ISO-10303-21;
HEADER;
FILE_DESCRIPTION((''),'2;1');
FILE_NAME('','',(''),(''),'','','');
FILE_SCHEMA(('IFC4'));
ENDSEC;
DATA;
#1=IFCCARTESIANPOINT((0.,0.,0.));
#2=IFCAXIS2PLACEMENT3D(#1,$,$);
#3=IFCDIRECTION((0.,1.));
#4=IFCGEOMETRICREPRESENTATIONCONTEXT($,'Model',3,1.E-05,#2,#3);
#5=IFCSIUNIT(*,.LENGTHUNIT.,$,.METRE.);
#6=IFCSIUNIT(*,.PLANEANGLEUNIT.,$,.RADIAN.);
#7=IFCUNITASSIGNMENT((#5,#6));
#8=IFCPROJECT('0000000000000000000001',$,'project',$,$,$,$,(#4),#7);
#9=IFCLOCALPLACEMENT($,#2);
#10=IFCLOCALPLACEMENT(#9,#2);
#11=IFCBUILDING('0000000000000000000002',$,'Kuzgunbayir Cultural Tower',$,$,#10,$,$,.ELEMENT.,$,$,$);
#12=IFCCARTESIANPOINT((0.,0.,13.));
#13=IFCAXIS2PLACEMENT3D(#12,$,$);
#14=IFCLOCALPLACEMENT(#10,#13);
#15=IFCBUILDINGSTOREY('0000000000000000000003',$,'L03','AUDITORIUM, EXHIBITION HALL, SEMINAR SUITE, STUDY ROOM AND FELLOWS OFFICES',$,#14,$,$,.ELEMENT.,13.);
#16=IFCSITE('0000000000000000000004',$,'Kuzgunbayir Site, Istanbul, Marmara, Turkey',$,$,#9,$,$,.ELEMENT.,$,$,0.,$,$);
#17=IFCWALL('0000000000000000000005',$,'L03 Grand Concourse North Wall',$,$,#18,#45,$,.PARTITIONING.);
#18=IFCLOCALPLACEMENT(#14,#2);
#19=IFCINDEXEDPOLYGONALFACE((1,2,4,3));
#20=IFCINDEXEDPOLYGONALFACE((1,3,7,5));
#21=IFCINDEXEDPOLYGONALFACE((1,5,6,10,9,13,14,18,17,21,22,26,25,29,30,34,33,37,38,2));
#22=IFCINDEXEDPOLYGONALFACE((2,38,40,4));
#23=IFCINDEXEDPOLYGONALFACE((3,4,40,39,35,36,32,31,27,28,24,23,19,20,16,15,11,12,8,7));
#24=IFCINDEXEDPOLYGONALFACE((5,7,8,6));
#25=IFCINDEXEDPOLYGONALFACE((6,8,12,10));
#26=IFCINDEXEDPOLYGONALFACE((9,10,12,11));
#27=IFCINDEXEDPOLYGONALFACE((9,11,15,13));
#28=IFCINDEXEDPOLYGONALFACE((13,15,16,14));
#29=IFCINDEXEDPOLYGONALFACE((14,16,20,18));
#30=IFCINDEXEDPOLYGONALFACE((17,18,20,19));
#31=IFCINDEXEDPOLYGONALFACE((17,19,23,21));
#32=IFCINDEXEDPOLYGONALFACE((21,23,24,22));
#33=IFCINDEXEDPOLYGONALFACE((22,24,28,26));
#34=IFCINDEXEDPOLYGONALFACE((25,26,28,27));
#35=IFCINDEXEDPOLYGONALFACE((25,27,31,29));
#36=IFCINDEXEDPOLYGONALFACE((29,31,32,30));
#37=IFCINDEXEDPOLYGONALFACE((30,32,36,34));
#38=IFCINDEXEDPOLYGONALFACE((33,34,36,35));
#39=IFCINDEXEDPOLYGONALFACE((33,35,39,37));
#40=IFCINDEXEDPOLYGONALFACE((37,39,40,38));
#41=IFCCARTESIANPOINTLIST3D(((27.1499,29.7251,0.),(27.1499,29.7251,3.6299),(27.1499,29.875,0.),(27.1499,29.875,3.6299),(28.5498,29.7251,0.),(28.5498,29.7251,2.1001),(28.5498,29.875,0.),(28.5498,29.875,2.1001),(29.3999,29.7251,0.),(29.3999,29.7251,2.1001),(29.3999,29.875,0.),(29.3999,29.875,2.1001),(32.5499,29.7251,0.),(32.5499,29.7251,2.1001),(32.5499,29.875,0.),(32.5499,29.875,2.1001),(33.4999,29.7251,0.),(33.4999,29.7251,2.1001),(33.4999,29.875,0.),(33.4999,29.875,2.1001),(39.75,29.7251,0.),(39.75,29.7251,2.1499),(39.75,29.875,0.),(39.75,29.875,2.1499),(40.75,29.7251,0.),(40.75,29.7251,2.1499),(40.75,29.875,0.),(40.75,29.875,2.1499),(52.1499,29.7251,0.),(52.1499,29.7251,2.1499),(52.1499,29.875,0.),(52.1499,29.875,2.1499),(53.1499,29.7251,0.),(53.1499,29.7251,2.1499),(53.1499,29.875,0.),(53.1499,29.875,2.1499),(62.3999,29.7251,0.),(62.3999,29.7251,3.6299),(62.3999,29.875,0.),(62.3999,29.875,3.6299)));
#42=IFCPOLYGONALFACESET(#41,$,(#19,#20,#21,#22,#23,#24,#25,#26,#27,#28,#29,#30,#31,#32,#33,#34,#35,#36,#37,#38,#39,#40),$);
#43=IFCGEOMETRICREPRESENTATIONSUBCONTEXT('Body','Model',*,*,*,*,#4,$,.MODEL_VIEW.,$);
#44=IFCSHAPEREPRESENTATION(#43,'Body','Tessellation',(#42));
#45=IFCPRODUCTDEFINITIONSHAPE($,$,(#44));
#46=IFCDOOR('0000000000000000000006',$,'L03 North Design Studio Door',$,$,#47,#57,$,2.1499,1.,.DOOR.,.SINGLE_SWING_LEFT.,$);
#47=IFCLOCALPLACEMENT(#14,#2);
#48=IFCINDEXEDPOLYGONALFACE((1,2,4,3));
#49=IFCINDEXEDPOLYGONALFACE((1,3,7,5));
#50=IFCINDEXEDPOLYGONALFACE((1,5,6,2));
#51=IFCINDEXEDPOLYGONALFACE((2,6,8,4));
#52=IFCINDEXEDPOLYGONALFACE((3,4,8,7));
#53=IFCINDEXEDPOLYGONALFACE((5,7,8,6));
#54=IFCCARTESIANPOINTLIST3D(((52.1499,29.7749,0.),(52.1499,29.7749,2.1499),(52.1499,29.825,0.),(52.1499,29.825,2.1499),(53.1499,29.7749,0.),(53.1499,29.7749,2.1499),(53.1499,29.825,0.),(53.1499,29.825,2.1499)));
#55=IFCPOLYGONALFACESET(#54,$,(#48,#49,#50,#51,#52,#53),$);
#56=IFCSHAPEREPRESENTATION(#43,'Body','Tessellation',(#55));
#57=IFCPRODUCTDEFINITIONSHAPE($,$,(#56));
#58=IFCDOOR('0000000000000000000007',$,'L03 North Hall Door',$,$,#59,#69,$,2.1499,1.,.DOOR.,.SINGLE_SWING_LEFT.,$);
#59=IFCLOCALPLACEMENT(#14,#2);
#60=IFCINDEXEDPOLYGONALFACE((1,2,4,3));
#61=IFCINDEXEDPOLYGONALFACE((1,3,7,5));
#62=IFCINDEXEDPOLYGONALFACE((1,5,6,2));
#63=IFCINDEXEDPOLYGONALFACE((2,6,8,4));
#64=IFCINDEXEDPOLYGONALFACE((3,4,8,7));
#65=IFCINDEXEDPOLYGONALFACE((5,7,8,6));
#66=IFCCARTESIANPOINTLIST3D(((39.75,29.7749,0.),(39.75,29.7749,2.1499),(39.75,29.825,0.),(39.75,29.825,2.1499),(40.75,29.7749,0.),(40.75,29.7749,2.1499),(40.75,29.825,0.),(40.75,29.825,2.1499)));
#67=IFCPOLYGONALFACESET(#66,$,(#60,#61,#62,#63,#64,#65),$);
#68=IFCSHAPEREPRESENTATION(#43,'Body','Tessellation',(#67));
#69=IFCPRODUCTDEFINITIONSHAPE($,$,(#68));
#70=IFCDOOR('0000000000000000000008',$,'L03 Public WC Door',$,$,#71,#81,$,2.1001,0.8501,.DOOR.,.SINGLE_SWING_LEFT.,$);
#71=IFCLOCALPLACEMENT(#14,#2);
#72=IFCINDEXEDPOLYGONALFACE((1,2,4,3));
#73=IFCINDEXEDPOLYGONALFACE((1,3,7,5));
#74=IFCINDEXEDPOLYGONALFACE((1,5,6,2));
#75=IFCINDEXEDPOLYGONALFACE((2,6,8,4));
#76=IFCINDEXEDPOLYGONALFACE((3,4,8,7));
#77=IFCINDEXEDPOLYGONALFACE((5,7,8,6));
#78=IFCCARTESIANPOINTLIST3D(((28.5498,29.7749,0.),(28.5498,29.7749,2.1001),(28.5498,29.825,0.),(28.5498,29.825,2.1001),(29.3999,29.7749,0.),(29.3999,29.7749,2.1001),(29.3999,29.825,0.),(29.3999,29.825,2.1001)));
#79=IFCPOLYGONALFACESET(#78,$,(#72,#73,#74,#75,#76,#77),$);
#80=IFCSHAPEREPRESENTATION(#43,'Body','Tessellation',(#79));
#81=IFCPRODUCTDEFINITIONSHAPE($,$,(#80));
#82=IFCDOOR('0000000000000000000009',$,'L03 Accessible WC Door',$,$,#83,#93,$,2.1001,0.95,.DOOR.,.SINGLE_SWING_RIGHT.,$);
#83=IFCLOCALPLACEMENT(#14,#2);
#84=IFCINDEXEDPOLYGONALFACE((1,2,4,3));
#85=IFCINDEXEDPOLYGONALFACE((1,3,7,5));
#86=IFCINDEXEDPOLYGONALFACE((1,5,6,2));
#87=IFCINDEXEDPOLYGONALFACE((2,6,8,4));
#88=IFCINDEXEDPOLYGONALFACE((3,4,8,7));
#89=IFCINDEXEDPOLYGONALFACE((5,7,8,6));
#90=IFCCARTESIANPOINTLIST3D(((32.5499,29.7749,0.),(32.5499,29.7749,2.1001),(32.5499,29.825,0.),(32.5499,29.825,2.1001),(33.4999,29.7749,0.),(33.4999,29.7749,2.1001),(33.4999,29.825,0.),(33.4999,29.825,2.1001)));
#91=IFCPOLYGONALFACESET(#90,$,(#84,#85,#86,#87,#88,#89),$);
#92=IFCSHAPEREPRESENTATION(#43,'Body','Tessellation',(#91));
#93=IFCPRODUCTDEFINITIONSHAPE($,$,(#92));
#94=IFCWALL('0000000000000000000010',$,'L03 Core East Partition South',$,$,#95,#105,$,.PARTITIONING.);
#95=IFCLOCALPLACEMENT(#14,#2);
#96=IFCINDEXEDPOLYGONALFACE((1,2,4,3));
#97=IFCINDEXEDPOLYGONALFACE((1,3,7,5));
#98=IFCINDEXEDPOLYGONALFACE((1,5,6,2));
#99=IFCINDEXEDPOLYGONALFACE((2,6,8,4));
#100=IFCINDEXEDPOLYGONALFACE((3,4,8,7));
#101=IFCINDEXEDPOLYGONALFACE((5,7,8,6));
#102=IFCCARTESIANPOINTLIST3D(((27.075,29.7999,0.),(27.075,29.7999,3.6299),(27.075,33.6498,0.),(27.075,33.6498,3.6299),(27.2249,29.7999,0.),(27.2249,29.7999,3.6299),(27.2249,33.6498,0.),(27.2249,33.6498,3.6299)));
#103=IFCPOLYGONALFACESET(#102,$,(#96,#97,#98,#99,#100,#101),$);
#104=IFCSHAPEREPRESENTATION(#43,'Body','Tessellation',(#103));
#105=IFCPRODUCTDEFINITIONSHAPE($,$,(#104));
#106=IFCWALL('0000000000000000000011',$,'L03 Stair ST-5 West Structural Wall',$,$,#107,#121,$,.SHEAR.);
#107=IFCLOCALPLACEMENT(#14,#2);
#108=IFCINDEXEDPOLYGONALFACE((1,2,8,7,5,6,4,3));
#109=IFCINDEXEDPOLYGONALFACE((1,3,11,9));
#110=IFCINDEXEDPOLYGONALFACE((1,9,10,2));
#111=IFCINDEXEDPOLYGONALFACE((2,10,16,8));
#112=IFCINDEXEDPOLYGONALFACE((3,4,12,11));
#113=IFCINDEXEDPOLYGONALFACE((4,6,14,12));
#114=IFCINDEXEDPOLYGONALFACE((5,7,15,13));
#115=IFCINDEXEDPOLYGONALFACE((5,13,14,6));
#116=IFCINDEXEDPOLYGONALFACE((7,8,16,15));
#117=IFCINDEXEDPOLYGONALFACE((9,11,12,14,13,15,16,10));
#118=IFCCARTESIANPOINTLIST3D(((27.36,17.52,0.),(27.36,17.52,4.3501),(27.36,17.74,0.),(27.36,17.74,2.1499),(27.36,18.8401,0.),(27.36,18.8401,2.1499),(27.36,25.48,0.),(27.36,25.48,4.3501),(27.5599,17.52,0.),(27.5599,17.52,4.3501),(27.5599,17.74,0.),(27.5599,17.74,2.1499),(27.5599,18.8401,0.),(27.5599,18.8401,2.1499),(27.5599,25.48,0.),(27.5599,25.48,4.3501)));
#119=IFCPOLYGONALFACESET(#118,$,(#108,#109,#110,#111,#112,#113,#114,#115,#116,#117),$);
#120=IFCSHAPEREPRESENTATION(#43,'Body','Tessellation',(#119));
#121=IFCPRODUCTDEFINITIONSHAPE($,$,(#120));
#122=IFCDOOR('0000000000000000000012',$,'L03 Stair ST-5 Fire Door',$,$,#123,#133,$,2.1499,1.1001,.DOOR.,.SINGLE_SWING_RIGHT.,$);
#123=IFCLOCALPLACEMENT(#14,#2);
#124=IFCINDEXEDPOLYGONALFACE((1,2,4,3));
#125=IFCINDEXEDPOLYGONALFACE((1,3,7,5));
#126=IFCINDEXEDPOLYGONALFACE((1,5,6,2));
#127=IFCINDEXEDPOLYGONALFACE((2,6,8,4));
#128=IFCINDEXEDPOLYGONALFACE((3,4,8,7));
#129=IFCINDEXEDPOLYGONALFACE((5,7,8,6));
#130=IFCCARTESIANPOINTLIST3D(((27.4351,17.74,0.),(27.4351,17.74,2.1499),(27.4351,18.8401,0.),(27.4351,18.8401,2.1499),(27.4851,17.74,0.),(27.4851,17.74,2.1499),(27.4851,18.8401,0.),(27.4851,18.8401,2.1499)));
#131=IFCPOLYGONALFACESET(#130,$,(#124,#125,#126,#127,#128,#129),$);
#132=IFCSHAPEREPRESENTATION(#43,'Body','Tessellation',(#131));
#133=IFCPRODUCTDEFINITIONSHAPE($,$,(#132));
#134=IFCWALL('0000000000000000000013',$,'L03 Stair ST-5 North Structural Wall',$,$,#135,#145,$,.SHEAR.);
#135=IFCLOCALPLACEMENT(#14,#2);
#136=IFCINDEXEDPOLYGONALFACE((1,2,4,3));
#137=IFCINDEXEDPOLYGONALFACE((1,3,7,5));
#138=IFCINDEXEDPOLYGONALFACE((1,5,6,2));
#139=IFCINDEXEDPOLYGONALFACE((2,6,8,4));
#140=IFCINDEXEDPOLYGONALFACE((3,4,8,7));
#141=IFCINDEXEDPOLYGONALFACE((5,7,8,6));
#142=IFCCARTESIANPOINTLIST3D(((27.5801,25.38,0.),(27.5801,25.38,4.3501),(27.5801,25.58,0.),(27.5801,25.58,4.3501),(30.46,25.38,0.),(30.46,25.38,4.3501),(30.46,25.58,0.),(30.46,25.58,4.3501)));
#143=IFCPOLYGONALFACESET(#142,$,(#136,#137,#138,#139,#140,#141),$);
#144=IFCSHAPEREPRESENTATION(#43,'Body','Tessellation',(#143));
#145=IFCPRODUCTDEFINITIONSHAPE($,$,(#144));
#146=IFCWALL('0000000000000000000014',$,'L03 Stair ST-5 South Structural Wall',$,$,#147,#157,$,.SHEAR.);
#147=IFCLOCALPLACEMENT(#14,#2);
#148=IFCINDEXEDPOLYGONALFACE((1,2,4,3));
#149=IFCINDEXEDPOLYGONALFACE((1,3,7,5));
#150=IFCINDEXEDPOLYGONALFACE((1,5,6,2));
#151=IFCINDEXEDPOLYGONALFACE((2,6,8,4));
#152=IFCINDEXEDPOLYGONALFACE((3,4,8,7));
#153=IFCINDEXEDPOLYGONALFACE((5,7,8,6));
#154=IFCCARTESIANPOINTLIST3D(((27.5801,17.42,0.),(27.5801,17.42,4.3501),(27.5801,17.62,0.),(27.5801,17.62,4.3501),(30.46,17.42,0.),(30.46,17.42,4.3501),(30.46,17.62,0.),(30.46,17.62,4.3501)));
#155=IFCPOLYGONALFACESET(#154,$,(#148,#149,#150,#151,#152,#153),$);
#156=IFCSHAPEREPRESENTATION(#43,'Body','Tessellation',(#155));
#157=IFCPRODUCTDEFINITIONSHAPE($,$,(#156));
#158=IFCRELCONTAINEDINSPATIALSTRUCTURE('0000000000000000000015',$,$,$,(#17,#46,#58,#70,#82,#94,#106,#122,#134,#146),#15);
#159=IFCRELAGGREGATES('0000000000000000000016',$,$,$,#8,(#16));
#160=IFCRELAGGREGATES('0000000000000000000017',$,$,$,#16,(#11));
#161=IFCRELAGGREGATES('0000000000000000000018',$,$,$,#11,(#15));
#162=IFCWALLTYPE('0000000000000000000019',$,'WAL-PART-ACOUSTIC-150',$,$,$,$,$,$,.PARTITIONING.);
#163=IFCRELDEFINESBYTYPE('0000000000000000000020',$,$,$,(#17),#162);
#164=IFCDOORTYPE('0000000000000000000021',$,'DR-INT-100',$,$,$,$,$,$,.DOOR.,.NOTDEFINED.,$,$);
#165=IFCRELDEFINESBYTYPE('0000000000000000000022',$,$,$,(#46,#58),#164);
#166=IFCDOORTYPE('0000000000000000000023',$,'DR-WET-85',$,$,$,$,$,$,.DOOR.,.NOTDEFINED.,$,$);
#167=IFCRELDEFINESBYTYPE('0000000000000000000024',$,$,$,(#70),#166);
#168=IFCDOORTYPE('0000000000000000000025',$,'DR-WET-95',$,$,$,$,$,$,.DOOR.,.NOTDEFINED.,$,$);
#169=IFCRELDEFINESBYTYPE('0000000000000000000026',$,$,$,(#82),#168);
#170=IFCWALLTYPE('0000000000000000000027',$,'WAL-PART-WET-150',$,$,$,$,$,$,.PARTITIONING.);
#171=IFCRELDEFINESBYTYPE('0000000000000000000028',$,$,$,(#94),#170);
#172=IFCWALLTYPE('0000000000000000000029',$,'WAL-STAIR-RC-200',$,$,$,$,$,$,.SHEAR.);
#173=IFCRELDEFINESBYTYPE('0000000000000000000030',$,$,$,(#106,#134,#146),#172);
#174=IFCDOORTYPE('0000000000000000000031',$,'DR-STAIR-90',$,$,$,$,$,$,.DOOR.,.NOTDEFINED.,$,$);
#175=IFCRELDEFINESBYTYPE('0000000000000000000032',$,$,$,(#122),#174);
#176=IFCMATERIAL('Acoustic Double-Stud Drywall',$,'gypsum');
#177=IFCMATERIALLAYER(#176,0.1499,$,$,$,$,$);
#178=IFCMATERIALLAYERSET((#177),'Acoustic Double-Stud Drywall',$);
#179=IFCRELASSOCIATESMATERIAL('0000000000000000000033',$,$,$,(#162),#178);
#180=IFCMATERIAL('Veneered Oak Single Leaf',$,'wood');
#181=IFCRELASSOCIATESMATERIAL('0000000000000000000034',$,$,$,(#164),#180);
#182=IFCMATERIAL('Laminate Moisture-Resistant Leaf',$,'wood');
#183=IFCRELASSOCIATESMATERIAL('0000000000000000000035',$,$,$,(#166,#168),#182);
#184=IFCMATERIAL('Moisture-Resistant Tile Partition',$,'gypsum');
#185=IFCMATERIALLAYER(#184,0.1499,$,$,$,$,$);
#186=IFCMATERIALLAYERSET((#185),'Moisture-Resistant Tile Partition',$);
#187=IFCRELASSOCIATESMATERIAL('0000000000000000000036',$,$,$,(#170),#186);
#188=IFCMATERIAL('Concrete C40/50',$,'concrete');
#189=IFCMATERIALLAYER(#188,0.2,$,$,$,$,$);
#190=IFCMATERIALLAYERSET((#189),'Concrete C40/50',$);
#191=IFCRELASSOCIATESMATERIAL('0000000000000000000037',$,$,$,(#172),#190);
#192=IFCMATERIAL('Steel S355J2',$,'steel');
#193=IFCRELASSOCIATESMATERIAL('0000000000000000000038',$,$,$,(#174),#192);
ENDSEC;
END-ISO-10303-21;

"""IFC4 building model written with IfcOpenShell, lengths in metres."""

from ifc_helpers import new_model, si_unit, direction, frame, frame_2d, origin, place, context, subcontext, project, spatial, rectangle, extrude, material, layer, layer_set, type_object, element, fill, save


model = new_model("IFC4")

# Units and contexts
model_context = context("Model", 3, precision=1e-05, world=origin(), true_north=direction((0.0, 1.0)))
body_context = subcontext(model_context, "Body", "Model", "MODEL_VIEW")
ifc_project = project(units=[si_unit("LENGTHUNIT", "METRE"), si_unit("PLANEANGLEUNIT", "RADIAN")], contexts=[model_context])

# Site, building, storey
site_placement = place(None, origin())
site = spatial("IfcSite", under=ifc_project, at=site_placement, Name="Kuzgunbayir Site, Istanbul, Marmara, Turkey", CompositionType="ELEMENT", RefElevation=0.0)
building_placement = place(site_placement, origin())
building = spatial("IfcBuilding", under=site, at=building_placement, Name="Kuzgunbayir Cultural Tower", CompositionType="ELEMENT")
storey_placement = place(building_placement, frame((0.0, 0.0, 13.0)))
storey = spatial("IfcBuildingStorey", under=building, at=storey_placement, Name="L03", Description="AUDITORIUM, EXHIBITION HALL, SEMINAR SUITE, STUDY ROOM AND FELLOWS OFFICES", CompositionType="ELEMENT", Elevation=13.0)

# Shared definitions
ifc_material_1 = material(Name="Steel S355J2", Category="steel")

# Shared definitions
ifc_material_2 = material(Name="Acoustic Double-Stud Drywall", Category="gypsum")
ifc_layer_1 = layer(ifc_material_2, 0.1499)
ifc_layer_set_1 = layer_set([ifc_layer_1], Name="Acoustic Double-Stud Drywall")
wall_type_1 = type_object("IfcWallType", Name="WAL-PART-ACOUSTIC-150", PredefinedType="PARTITIONING", material=ifc_layer_set_1)
ifc_material_3 = material(Name="Veneered Oak Single Leaf", Category="wood")
door_type_1 = type_object("IfcDoorType", Name="DR-INT-100", OperationType="NOTDEFINED", PredefinedType="DOOR", material=ifc_material_3)

# Wall, openings, doors
wall_1_placement = place(storey_placement, frame((27.1499, 29.8, 0.0), z_axis=(0.0, 0.0, 1.0), x_axis=(1.0, 0.0, 0.0)))
wall_1 = element("IfcWall", 1, at=wall_1_placement, inside=storey, type_object=wall_type_1, Name="L03 Grand Concourse North Wall", PredefinedType="PARTITIONING", context=body_context, shape_type="SweptSolid", body=[
    extrude(rectangle(XDim=35.25, YDim=0.1499, at=frame_2d((17.625, 0.0))), origin(), (0.0, 0.0, 1.0), 3.6299),
])
opening_1_placement = place(wall_1_placement, frame((25.0, 0.0, 0.0)))
opening_1 = element("IfcOpeningElement", 2, at=opening_1_placement, cuts=wall_1, PredefinedType="OPENING", context=body_context, shape_type="SweptSolid", body=[
    extrude(rectangle(XDim=1.0, YDim=2.1499, at=frame_2d((0.5, 1.075))), frame((0.0, 0.085, 0.0), z_axis=(0.0, -1.0, 0.0), x_axis=(1.0, 0.0, 0.0)), (0.0, 0.0, 1.0), 0.1699),
])
opening_2_placement = place(wall_1_placement, frame((1.3999, 0.0, 0.0)))
opening_2 = element("IfcOpeningElement", 3, at=opening_2_placement, cuts=wall_1, PredefinedType="OPENING", context=body_context, shape_type="SweptSolid", body=[
    extrude(rectangle(XDim=0.8501, YDim=2.1001, at=frame_2d((0.425, 1.05))), frame((0.0, 0.085, 0.0), z_axis=(0.0, -1.0, 0.0), x_axis=(1.0, 0.0, 0.0)), (0.0, 0.0, 1.0), 0.1699),
])
opening_3_placement = place(wall_1_placement, frame((5.3999, 0.0, 0.0)))
opening_3 = element("IfcOpeningElement", 4, at=opening_3_placement, cuts=wall_1, PredefinedType="OPENING", context=body_context, shape_type="SweptSolid", body=[
    extrude(rectangle(XDim=0.95, YDim=2.1001, at=frame_2d((0.4751, 1.05))), frame((0.0, 0.085, 0.0), z_axis=(0.0, -1.0, 0.0), x_axis=(1.0, 0.0, 0.0)), (0.0, 0.0, 1.0), 0.1699),
])
opening_4_placement = place(wall_1_placement, frame((12.6001, 0.0, 0.0)))
opening_4 = element("IfcOpeningElement", 5, at=opening_4_placement, cuts=wall_1, PredefinedType="OPENING", context=body_context, shape_type="SweptSolid", body=[
    extrude(rectangle(XDim=1.0, YDim=2.1499, at=frame_2d((0.5, 1.075))), frame((0.0, 0.085, 0.0), z_axis=(0.0, -1.0, 0.0), x_axis=(1.0, 0.0, 0.0)), (0.0, 0.0, 1.0), 0.1699),
])
door_1_placement = place(opening_1_placement, origin())
door_1 = element("IfcDoor", 6, at=door_1_placement, inside=storey, type_object=door_type_1, Name="L03 North Design Studio Door", OperationType="SINGLE_SWING_LEFT", OverallHeight=2.1499, OverallWidth=1.0, PredefinedType="DOOR", context=body_context, shape_type="SweptSolid", body=[
    extrude(rectangle(XDim=1.0, YDim=2.1499, at=frame_2d((0.5, 1.075))), frame((0.0, 0.0249, 0.0), z_axis=(0.0, -1.0, 0.0), x_axis=(1.0, 0.0, 0.0)), (0.0, 0.0, 1.0), 0.05),
])
fill(opening_1, door_1)
door_2_placement = place(opening_4_placement, origin())
door_2 = element("IfcDoor", 7, at=door_2_placement, inside=storey, type_object=door_type_1, Name="L03 North Hall Door", OperationType="SINGLE_SWING_LEFT", OverallHeight=2.1499, OverallWidth=1.0, PredefinedType="DOOR", context=body_context, shape_type="SweptSolid", body=[
    extrude(rectangle(XDim=1.0, YDim=2.1499, at=frame_2d((0.5, 1.075))), frame((0.0, 0.0249, 0.0), z_axis=(0.0, -1.0, 0.0), x_axis=(1.0, 0.0, 0.0)), (0.0, 0.0, 1.0), 0.05),
])
fill(opening_4, door_2)
ifc_material_4 = material(Name="Laminate Moisture-Resistant Leaf", Category="wood")
door_type_2 = type_object("IfcDoorType", Name="DR-WET-85", OperationType="NOTDEFINED", PredefinedType="DOOR", material=ifc_material_4)
door_3_placement = place(opening_2_placement, origin())
door_3 = element("IfcDoor", 8, at=door_3_placement, inside=storey, type_object=door_type_2, Name="L03 Public WC Door", OperationType="SINGLE_SWING_LEFT", OverallHeight=2.1001, OverallWidth=0.8501, PredefinedType="DOOR", context=body_context, shape_type="SweptSolid", body=[
    extrude(rectangle(XDim=0.8501, YDim=2.1001, at=frame_2d((0.425, 1.05))), frame((0.0, 0.0249, 0.0), z_axis=(0.0, -1.0, 0.0), x_axis=(1.0, 0.0, 0.0)), (0.0, 0.0, 1.0), 0.05),
])
fill(opening_2, door_3)
door_type_3 = type_object("IfcDoorType", Name="DR-WET-95", OperationType="NOTDEFINED", PredefinedType="DOOR", material=ifc_material_4)
door_4_placement = place(opening_3_placement, origin())
door_4 = element("IfcDoor", 9, at=door_4_placement, inside=storey, type_object=door_type_3, Name="L03 Accessible WC Door", OperationType="SINGLE_SWING_RIGHT", OverallHeight=2.1001, OverallWidth=0.95, PredefinedType="DOOR", context=body_context, shape_type="SweptSolid", body=[
    extrude(rectangle(XDim=0.95, YDim=2.1001, at=frame_2d((0.4751, 1.05))), frame((0.0, 0.0249, 0.0), z_axis=(0.0, -1.0, 0.0), x_axis=(1.0, 0.0, 0.0)), (0.0, 0.0, 1.0), 0.05),
])
fill(opening_3, door_4)

# Wall
ifc_material_5 = material(Name="Moisture-Resistant Tile Partition", Category="gypsum")
ifc_layer_2 = layer(ifc_material_5, 0.1499)
ifc_layer_set_2 = layer_set([ifc_layer_2], Name="Moisture-Resistant Tile Partition")
wall_type_2 = type_object("IfcWallType", Name="WAL-PART-WET-150", PredefinedType="PARTITIONING", material=ifc_layer_set_2)
wall_2_placement = place(storey_placement, frame((27.1499, 29.8, 0.0), z_axis=(0.0, 0.0, 1.0), x_axis=(0.0, 1.0, 0.0)))
element("IfcWall", 10, at=wall_2_placement, inside=storey, type_object=wall_type_2, Name="L03 Core East Partition South", PredefinedType="PARTITIONING", context=body_context, shape_type="SweptSolid", body=[
    extrude(rectangle(XDim=3.8499, YDim=0.1499, at=frame_2d((1.9248, 0.0))), origin(), (0.0, 0.0, 1.0), 3.6299),
])

# Wall, opening, door
ifc_material_6 = material(Name="Concrete C40/50", Category="concrete")
ifc_layer_3 = layer(ifc_material_6, 0.2)
ifc_layer_set_3 = layer_set([ifc_layer_3], Name="Concrete C40/50")
wall_type_3 = type_object("IfcWallType", Name="WAL-STAIR-RC-200", PredefinedType="SHEAR", material=ifc_layer_set_3)
wall_3_placement = place(storey_placement, frame((27.46, 17.52, 0.0), z_axis=(0.0, 0.0, 1.0), x_axis=(0.0, 1.0, 0.0)))
wall_3 = element("IfcWall", 11, at=wall_3_placement, inside=storey, type_object=wall_type_3, Name="L03 Stair ST-5 West Structural Wall", PredefinedType="SHEAR", context=body_context, shape_type="SweptSolid", body=[
    extrude(rectangle(XDim=7.96, YDim=0.2, at=frame_2d((3.98, 0.0))), origin(), (0.0, 0.0, 1.0), 4.3501),
])
opening_5_placement = place(wall_3_placement, frame((0.22, 0.0, 0.0)))
opening_5 = element("IfcOpeningElement", 12, at=opening_5_placement, cuts=wall_3, PredefinedType="OPENING", context=body_context, shape_type="SweptSolid", body=[
    extrude(rectangle(XDim=1.1001, YDim=2.1499, at=frame_2d((0.55, 1.075))), frame((0.0, 0.1099, 0.0), z_axis=(0.0, -1.0, 0.0), x_axis=(1.0, 0.0, 0.0)), (0.0, 0.0, 1.0), 0.22),
])
door_type_4 = type_object("IfcDoorType", Name="DR-STAIR-90", OperationType="NOTDEFINED", PredefinedType="DOOR", material=ifc_material_1)
door_5_placement = place(opening_5_placement, origin())
door_5 = element("IfcDoor", 13, at=door_5_placement, inside=storey, type_object=door_type_4, Name="L03 Stair ST-5 Fire Door", OperationType="SINGLE_SWING_RIGHT", OverallHeight=2.1499, OverallWidth=1.1001, PredefinedType="DOOR", context=body_context, shape_type="SweptSolid", body=[
    extrude(rectangle(XDim=1.1001, YDim=2.1499, at=frame_2d((0.55, 1.075))), frame((0.0, 0.0249, 0.0), z_axis=(0.0, -1.0, 0.0), x_axis=(1.0, 0.0, 0.0)), (0.0, 0.0, 1.0), 0.05),
])
fill(opening_5, door_5)

# Walls
for number, where, z_axis, x_axis, name in (
    (14, (27.5801, 25.48, 0.0), (0.0, 0.0, 1.0), (1.0, 0.0, 0.0), "L03 Stair ST-5 North Structural Wall"),
    (15, (27.5801, 17.52, 0.0), (0.0, 0.0, 1.0), (1.0, 0.0, 0.0), "L03 Stair ST-5 South Structural Wall"),
):
    element("IfcWall", number, at=place(storey_placement, frame(where, z_axis=z_axis, x_axis=x_axis)), inside=storey, type_object=wall_type_3, Name=name, PredefinedType="SHEAR", context=body_context, shape_type="SweptSolid", body=[
        extrude(rectangle(XDim=2.8799, YDim=0.2, at=frame_2d((1.4399, 0.0))), origin(), (0.0, 0.0, 1.0), 4.3501),
    ])

save(model, "model.ifc")
